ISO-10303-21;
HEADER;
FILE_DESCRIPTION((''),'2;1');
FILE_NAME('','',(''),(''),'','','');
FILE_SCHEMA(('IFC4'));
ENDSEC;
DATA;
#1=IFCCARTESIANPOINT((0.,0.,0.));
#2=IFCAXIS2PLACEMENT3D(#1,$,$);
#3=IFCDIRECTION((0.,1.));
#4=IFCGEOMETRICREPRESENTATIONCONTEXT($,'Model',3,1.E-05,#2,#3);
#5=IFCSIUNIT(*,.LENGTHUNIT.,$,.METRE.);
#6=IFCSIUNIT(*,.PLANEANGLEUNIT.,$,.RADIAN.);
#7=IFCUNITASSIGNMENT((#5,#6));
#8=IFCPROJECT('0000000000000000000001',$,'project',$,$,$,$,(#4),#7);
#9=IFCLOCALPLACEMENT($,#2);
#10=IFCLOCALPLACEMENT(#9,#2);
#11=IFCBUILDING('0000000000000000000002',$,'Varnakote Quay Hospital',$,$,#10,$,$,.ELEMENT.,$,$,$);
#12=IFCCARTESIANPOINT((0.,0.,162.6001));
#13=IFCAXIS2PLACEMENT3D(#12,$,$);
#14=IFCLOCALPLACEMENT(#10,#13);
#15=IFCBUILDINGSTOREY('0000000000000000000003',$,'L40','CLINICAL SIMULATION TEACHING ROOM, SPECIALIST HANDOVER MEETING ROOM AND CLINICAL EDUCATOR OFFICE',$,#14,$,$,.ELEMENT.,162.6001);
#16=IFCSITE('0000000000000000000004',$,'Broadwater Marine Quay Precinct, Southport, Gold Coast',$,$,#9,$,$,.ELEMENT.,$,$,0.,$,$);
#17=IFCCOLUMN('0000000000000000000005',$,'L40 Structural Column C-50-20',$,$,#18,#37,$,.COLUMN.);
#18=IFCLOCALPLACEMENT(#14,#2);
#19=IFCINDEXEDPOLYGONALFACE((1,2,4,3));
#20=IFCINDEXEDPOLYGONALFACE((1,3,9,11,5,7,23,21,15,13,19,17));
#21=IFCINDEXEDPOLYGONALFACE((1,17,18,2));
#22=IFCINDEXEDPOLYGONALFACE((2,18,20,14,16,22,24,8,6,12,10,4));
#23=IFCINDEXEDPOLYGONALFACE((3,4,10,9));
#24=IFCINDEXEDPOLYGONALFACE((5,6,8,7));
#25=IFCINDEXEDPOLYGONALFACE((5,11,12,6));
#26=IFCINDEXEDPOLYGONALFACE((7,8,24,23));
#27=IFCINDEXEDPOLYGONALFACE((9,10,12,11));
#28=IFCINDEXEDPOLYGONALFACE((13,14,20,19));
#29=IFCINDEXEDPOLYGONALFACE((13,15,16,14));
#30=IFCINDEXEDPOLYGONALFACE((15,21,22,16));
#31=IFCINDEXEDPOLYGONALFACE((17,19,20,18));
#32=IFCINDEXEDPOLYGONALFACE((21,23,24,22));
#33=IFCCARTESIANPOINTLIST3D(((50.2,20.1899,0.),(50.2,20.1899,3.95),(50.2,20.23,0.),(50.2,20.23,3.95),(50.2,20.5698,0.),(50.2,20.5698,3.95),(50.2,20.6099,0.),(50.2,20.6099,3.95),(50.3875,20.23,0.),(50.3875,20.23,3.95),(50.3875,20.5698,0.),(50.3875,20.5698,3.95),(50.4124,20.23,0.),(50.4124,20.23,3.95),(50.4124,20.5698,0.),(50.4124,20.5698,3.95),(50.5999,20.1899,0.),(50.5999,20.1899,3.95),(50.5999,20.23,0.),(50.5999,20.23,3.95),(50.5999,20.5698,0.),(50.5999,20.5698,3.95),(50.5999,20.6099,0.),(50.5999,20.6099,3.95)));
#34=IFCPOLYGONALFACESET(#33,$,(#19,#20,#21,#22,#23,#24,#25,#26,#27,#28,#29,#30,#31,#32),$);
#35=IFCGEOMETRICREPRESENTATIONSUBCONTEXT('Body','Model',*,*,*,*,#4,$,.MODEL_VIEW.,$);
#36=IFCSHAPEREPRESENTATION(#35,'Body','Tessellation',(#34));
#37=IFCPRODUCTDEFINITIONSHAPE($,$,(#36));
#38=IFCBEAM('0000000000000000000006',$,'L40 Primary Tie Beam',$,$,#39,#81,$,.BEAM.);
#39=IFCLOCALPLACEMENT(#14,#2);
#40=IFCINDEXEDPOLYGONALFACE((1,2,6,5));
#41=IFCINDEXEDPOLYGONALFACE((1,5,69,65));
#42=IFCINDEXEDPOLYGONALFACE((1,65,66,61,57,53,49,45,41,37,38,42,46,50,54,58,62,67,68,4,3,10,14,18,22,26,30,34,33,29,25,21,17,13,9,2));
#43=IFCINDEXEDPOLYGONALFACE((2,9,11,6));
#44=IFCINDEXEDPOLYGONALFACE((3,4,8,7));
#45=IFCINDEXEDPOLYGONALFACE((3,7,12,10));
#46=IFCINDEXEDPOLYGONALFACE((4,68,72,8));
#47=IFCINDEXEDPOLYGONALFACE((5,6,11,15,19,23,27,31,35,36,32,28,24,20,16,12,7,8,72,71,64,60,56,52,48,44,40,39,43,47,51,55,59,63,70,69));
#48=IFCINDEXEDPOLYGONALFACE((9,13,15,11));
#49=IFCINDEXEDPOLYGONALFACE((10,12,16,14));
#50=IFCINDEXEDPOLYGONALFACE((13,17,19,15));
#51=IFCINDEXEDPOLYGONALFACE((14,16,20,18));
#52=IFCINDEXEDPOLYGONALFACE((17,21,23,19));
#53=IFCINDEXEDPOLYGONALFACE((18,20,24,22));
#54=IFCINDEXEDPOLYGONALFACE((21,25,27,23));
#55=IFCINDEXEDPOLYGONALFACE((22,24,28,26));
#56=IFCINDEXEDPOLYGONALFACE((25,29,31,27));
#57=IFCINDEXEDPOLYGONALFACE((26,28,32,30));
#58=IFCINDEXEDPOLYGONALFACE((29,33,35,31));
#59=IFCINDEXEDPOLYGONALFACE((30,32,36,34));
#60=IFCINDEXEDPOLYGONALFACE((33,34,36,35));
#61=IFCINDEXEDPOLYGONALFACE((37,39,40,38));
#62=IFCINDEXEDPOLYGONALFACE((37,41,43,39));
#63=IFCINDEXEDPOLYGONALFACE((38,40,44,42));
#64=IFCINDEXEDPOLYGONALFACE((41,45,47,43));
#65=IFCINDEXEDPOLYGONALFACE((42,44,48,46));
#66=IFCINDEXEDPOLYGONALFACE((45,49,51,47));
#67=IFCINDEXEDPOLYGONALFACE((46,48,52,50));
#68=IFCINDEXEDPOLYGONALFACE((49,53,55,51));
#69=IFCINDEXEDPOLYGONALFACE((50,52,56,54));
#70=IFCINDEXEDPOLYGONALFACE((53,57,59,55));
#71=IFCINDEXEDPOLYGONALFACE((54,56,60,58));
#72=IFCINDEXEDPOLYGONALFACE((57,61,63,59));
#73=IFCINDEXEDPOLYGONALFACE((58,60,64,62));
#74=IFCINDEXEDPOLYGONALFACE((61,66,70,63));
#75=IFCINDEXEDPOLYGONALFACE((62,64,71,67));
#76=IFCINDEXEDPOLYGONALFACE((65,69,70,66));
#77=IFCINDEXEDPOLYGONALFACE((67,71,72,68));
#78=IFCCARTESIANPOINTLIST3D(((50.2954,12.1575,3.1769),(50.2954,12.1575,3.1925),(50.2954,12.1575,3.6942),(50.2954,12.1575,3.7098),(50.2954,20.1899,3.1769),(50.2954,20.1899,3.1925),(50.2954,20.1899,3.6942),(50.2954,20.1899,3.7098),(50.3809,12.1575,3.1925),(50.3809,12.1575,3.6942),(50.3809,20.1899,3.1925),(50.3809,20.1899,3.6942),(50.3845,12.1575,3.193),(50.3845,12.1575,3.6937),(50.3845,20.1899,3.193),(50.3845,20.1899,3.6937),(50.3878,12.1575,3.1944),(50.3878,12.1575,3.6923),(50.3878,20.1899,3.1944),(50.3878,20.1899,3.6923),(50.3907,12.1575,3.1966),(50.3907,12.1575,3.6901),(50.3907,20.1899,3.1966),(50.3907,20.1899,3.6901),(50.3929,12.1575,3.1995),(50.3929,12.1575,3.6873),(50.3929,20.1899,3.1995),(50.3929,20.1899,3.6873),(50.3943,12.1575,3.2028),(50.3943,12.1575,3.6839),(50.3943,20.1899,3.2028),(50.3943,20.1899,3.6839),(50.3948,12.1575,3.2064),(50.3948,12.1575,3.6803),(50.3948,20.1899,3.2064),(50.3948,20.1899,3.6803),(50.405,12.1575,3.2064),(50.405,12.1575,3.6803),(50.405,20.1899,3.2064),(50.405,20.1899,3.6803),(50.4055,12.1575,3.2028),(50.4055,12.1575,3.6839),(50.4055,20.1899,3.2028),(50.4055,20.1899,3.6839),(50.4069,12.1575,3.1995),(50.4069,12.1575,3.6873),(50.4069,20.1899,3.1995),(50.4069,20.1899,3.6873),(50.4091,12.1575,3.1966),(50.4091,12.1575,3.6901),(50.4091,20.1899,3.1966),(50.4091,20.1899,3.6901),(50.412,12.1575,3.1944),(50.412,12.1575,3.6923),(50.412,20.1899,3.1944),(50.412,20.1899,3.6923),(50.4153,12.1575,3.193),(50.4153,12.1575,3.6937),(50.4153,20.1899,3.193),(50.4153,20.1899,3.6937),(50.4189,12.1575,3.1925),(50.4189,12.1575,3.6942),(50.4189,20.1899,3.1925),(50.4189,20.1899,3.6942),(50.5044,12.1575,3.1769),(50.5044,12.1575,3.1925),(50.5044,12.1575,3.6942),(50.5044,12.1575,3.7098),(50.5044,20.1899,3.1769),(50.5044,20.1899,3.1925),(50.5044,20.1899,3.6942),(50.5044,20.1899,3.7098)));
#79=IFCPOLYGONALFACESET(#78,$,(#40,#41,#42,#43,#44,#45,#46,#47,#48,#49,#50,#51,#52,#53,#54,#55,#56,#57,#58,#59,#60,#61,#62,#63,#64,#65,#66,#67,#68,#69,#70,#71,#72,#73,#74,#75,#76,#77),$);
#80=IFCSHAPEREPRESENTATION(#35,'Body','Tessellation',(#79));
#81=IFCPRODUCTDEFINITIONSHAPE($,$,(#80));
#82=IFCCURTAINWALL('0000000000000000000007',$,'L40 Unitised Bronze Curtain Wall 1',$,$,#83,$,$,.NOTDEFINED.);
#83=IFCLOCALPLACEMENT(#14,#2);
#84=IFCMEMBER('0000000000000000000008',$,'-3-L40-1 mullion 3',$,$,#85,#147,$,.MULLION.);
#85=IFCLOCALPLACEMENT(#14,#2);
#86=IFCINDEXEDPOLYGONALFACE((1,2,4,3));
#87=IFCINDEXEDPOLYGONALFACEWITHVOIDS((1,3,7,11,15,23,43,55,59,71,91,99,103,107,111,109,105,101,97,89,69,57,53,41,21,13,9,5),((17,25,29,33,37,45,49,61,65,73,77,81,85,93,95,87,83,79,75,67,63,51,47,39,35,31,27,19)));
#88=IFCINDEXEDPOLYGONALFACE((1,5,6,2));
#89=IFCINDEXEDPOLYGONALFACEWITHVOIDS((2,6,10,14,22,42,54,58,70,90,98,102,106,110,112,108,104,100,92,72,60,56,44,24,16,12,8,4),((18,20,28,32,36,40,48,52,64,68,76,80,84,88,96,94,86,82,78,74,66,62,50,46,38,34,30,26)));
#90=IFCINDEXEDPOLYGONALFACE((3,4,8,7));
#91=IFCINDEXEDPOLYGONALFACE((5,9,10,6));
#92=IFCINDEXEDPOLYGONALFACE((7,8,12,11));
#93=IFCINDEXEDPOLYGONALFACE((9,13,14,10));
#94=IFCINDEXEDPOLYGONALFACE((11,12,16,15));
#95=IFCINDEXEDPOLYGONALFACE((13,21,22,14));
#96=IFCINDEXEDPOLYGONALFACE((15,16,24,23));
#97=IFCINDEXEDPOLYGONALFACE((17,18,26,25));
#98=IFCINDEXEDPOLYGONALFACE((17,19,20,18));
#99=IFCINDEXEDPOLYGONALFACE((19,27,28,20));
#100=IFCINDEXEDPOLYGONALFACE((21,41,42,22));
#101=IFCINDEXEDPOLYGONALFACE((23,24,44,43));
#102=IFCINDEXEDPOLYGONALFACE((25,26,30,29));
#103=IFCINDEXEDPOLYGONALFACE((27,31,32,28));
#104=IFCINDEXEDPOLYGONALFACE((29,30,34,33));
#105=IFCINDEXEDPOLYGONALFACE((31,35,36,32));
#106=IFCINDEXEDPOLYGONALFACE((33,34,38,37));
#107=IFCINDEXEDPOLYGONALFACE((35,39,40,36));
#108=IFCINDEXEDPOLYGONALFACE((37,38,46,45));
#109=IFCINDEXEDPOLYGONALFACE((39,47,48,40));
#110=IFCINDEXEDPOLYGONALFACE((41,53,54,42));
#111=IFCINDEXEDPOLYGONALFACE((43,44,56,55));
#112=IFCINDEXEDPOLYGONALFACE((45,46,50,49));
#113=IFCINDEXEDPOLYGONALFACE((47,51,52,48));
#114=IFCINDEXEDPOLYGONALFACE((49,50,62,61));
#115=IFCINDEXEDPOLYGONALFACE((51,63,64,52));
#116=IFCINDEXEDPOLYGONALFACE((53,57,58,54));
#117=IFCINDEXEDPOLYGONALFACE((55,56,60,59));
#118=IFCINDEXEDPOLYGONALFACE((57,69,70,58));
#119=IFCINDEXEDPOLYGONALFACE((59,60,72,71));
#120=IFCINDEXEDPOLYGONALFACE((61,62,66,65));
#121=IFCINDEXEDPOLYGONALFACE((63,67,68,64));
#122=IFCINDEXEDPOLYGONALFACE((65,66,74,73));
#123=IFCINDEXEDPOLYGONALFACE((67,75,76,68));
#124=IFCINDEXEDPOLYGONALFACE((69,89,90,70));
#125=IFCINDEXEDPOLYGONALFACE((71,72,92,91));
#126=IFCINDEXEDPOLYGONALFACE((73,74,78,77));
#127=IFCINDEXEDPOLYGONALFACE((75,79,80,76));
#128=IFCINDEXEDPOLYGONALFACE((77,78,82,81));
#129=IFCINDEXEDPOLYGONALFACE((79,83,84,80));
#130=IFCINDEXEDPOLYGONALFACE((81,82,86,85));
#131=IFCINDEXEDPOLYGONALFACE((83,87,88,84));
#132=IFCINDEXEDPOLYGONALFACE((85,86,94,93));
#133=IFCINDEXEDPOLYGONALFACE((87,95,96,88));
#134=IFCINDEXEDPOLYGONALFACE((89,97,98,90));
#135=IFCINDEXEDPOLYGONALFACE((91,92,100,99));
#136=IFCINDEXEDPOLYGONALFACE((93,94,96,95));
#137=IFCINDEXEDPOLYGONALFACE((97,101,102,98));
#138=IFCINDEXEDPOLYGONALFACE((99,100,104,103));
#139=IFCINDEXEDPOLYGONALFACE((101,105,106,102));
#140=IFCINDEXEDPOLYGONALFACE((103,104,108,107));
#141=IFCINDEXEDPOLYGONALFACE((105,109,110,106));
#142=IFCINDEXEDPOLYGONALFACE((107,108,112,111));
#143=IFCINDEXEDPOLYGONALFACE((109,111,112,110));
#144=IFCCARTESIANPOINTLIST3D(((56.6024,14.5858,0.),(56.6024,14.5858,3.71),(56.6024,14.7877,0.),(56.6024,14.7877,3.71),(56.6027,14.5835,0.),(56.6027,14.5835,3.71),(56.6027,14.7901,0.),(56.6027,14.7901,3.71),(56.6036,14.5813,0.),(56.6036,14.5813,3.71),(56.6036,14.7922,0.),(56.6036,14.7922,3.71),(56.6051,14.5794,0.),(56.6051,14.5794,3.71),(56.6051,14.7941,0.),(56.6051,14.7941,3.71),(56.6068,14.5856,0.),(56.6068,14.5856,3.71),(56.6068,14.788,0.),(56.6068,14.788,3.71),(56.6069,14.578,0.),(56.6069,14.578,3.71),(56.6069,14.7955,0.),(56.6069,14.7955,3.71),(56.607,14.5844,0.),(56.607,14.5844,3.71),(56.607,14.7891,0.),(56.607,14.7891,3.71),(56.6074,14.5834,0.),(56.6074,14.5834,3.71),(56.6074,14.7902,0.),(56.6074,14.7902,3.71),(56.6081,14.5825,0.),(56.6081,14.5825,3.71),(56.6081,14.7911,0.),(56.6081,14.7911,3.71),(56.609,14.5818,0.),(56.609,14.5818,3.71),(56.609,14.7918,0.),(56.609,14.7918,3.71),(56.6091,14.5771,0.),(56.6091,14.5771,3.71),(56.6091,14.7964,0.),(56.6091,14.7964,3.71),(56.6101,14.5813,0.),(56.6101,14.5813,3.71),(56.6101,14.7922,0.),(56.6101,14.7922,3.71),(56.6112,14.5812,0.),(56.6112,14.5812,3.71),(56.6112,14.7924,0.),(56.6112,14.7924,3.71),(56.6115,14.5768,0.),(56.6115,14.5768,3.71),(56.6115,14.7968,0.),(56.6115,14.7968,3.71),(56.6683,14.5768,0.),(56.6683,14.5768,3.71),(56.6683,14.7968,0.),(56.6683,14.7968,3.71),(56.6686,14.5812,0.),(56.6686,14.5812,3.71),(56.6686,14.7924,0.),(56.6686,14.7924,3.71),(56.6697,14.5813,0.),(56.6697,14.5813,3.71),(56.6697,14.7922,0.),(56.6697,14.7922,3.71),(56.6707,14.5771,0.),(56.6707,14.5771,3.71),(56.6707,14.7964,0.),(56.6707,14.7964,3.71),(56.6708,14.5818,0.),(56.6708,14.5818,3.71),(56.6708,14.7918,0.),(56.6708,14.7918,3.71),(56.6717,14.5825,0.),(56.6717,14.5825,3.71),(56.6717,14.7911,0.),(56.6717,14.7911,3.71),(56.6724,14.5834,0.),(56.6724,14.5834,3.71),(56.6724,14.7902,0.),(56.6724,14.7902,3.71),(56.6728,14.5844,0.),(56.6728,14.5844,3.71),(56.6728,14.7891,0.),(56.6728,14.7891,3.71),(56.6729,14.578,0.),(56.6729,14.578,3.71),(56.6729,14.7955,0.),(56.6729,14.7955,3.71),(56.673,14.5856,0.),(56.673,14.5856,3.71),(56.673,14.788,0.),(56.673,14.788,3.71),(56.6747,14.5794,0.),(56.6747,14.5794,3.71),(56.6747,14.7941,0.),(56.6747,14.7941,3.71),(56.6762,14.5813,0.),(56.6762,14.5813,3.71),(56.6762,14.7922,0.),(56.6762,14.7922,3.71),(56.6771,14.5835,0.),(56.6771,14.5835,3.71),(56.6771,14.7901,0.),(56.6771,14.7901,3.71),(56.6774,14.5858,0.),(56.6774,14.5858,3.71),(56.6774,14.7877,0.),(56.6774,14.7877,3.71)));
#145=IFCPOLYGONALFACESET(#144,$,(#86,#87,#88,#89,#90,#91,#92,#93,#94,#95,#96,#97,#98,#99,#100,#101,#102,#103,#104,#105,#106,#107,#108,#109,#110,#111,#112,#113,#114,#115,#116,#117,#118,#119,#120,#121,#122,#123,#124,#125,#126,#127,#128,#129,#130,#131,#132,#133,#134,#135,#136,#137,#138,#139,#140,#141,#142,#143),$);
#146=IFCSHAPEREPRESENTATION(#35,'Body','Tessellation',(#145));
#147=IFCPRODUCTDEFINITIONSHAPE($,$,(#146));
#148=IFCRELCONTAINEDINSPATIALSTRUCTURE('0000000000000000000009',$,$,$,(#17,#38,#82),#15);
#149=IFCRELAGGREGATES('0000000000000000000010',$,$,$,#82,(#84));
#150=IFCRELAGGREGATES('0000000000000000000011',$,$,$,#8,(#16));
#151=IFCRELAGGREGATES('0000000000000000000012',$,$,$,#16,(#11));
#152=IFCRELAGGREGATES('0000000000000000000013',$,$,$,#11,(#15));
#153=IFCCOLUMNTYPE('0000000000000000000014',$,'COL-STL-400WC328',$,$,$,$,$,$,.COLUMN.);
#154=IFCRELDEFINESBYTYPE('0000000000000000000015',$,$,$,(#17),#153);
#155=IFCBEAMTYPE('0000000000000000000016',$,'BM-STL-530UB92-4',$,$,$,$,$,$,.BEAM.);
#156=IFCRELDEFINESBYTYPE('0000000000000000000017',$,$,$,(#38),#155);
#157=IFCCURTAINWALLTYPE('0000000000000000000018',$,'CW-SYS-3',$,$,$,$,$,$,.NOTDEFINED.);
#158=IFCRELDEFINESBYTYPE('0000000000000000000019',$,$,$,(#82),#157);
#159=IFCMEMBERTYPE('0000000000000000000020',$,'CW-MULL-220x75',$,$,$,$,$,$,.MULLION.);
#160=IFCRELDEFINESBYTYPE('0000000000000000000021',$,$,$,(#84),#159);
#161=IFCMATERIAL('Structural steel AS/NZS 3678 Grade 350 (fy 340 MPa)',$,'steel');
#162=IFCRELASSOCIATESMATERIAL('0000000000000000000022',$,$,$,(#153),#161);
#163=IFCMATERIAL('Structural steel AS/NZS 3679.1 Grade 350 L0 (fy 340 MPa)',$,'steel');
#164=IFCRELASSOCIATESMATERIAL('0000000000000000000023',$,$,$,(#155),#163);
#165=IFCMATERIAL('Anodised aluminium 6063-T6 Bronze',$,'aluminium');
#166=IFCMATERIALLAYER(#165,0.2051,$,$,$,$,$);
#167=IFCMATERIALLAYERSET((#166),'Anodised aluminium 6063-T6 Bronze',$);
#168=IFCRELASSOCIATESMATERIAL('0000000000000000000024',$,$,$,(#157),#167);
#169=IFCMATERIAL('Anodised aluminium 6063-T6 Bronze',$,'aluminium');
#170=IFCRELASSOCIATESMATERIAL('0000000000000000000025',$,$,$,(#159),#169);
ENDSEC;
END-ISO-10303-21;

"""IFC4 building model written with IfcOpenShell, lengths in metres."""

from ifc_helpers import new_model, si_unit, direction, frame, origin, origin_2d, place, context, subcontext, project, spatial, hollow_rectangle, i_section, extrude, material, layer, layer_set, material_profile, profile_set, type_object, element, aggregate, save


model = new_model("IFC4")

# Units and contexts
model_context = context("Model", 3, precision=1e-05, world=origin(), true_north=direction((0.0, 1.0)))
body_context = subcontext(model_context, "Body", "Model", "MODEL_VIEW")
ifc_project = project(units=[si_unit("LENGTHUNIT", "METRE"), si_unit("PLANEANGLEUNIT", "RADIAN")], contexts=[model_context])

# Site, building, storey
site_placement = place(None, origin())
site = spatial("IfcSite", under=ifc_project, at=site_placement, Name="Broadwater Marine Quay Precinct, Southport, Gold Coast", CompositionType="ELEMENT", RefElevation=0.0)
building_placement = place(site_placement, origin())
building = spatial("IfcBuilding", under=site, at=building_placement, Name="Varnakote Quay Hospital", CompositionType="ELEMENT")
storey_placement = place(building_placement, frame((0.0, 0.0, 162.6001)))
storey = spatial("IfcBuildingStorey", under=building, at=storey_placement, Name="L40", Description="CLINICAL SIMULATION TEACHING ROOM, SPECIALIST HANDOVER MEETING ROOM AND CLINICAL EDUCATOR OFFICE", CompositionType="ELEMENT", Elevation=162.6001)

# Column
ifc_material_1 = material(Name="Structural steel AS/NZS 3678 Grade 350 (fy 340 MPa)", Category="steel")
ifc_material_profile_1 = material_profile(ifc_material_1, i_section(OverallWidth=0.3999, OverallDepth=0.4199, WebThickness=0.0249, FlangeThickness=0.04, at=origin_2d()), Name="400WC328")
ifc_profile_set_1 = profile_set([ifc_material_profile_1], Name="Structural steel AS/NZS 3678 Grade 350 (fy 340 MPa)")
column_type = type_object("IfcColumnType", Name="COL-STL-400WC328", PredefinedType="COLUMN", material=ifc_profile_set_1)
column_placement = place(storey_placement, frame((50.3999, 20.3999, 0.0), z_axis=(0.0, 0.0, 1.0), x_axis=(1.0, 0.0, 0.0)))
element("IfcColumn", 1, at=column_placement, inside=storey, type_object=column_type, Name="L40 Structural Column C-50-20", PredefinedType="COLUMN", context=body_context, shape_type="SweptSolid", body=[
    extrude(i_section(OverallWidth=0.3999, OverallDepth=0.4199, WebThickness=0.0249, FlangeThickness=0.04, at=origin_2d()), origin(), (0.0, 0.0, 1.0), 3.95),
])

# Beam
ifc_material_2 = material(Name="Structural steel AS/NZS 3679.1 Grade 350 L0 (fy 340 MPa)", Category="steel")
ifc_material_profile_2 = material_profile(ifc_material_2, i_section(OverallWidth=0.209, OverallDepth=0.533, WebThickness=0.0103, FlangeThickness=0.0156, FilletRadius=0.0139, at=origin_2d()), Name="530UB92.4")
ifc_profile_set_2 = profile_set([ifc_material_profile_2], Name="Structural steel AS/NZS 3679.1 Grade 350 L0 (fy 340 MPa)")
beam_type = type_object("IfcBeamType", Name="BM-STL-530UB92-4", PredefinedType="BEAM", material=ifc_profile_set_2)
beam_placement = place(storey_placement, frame((50.3999, 12.1575, 3.4434), z_axis=(0.0, 1.0, 0.0), x_axis=(-1.0, 0.0, 0.0)))
element("IfcBeam", 2, at=beam_placement, inside=storey, type_object=beam_type, Name="L40 Primary Tie Beam", PredefinedType="BEAM", context=body_context, shape_type="SweptSolid", body=[
    extrude(i_section(OverallWidth=0.209, OverallDepth=0.533, WebThickness=0.0103, FlangeThickness=0.0156, FilletRadius=0.0139, at=origin_2d()), origin(), (0.0, 0.0, 1.0), 8.0325),
])

# Curtain wall, member
ifc_material_3 = material(Name="Anodised aluminium 6063-T6 Bronze", Category="aluminium")
ifc_layer_1 = layer(ifc_material_3, 0.2051)
ifc_layer_set_1 = layer_set([ifc_layer_1], Name="Anodised aluminium 6063-T6 Bronze")
curtain_wall_type = type_object("IfcCurtainWallType", Name="CW-SYS-3", PredefinedType="NOTDEFINED", material=ifc_layer_set_1)
curtain_wall_placement = place(storey_placement, origin())
curtain_wall = element("IfcCurtainWall", 3, at=curtain_wall_placement, inside=storey, type_object=curtain_wall_type, Name="L40 Unitised Bronze Curtain Wall 1", PredefinedType="NOTDEFINED")
ifc_material_4 = material(Name="Anodised aluminium 6063-T6 Bronze", Category="aluminium")
ifc_material_profile_3 = material_profile(ifc_material_4, hollow_rectangle(XDim=0.075, YDim=0.22, WallThickness=0.0044, InnerFilletRadius=0.0044, OuterFilletRadius=0.009, at=origin_2d()), Name="CW-MULL-220x75")
ifc_profile_set_3 = profile_set([ifc_material_profile_3], Name="Anodised aluminium 6063-T6 Bronze")
member_type_1 = type_object("IfcMemberType", Name="CW-MULL-220x75", PredefinedType="MULLION", material=ifc_profile_set_3)
member_1_placement = place(storey_placement, frame((56.6399, 14.6868, 0.0), z_axis=(0.0, 0.0, 1.0), x_axis=(-1.0, 0.0, 0.0)))
member_1 = element("IfcMember", 4, at=member_1_placement, type_object=member_type_1, Name="-3-L40-1 mullion 3", PredefinedType="MULLION", context=body_context, shape_type="SweptSolid", body=[
    extrude(hollow_rectangle(XDim=0.075, YDim=0.22, WallThickness=0.0044, InnerFilletRadius=0.0044, OuterFilletRadius=0.009, at=origin_2d()), origin(), (0.0, 0.0, 1.0), 3.71),
])
aggregate(curtain_wall, [member_1])

save(model, "model.ifc")
